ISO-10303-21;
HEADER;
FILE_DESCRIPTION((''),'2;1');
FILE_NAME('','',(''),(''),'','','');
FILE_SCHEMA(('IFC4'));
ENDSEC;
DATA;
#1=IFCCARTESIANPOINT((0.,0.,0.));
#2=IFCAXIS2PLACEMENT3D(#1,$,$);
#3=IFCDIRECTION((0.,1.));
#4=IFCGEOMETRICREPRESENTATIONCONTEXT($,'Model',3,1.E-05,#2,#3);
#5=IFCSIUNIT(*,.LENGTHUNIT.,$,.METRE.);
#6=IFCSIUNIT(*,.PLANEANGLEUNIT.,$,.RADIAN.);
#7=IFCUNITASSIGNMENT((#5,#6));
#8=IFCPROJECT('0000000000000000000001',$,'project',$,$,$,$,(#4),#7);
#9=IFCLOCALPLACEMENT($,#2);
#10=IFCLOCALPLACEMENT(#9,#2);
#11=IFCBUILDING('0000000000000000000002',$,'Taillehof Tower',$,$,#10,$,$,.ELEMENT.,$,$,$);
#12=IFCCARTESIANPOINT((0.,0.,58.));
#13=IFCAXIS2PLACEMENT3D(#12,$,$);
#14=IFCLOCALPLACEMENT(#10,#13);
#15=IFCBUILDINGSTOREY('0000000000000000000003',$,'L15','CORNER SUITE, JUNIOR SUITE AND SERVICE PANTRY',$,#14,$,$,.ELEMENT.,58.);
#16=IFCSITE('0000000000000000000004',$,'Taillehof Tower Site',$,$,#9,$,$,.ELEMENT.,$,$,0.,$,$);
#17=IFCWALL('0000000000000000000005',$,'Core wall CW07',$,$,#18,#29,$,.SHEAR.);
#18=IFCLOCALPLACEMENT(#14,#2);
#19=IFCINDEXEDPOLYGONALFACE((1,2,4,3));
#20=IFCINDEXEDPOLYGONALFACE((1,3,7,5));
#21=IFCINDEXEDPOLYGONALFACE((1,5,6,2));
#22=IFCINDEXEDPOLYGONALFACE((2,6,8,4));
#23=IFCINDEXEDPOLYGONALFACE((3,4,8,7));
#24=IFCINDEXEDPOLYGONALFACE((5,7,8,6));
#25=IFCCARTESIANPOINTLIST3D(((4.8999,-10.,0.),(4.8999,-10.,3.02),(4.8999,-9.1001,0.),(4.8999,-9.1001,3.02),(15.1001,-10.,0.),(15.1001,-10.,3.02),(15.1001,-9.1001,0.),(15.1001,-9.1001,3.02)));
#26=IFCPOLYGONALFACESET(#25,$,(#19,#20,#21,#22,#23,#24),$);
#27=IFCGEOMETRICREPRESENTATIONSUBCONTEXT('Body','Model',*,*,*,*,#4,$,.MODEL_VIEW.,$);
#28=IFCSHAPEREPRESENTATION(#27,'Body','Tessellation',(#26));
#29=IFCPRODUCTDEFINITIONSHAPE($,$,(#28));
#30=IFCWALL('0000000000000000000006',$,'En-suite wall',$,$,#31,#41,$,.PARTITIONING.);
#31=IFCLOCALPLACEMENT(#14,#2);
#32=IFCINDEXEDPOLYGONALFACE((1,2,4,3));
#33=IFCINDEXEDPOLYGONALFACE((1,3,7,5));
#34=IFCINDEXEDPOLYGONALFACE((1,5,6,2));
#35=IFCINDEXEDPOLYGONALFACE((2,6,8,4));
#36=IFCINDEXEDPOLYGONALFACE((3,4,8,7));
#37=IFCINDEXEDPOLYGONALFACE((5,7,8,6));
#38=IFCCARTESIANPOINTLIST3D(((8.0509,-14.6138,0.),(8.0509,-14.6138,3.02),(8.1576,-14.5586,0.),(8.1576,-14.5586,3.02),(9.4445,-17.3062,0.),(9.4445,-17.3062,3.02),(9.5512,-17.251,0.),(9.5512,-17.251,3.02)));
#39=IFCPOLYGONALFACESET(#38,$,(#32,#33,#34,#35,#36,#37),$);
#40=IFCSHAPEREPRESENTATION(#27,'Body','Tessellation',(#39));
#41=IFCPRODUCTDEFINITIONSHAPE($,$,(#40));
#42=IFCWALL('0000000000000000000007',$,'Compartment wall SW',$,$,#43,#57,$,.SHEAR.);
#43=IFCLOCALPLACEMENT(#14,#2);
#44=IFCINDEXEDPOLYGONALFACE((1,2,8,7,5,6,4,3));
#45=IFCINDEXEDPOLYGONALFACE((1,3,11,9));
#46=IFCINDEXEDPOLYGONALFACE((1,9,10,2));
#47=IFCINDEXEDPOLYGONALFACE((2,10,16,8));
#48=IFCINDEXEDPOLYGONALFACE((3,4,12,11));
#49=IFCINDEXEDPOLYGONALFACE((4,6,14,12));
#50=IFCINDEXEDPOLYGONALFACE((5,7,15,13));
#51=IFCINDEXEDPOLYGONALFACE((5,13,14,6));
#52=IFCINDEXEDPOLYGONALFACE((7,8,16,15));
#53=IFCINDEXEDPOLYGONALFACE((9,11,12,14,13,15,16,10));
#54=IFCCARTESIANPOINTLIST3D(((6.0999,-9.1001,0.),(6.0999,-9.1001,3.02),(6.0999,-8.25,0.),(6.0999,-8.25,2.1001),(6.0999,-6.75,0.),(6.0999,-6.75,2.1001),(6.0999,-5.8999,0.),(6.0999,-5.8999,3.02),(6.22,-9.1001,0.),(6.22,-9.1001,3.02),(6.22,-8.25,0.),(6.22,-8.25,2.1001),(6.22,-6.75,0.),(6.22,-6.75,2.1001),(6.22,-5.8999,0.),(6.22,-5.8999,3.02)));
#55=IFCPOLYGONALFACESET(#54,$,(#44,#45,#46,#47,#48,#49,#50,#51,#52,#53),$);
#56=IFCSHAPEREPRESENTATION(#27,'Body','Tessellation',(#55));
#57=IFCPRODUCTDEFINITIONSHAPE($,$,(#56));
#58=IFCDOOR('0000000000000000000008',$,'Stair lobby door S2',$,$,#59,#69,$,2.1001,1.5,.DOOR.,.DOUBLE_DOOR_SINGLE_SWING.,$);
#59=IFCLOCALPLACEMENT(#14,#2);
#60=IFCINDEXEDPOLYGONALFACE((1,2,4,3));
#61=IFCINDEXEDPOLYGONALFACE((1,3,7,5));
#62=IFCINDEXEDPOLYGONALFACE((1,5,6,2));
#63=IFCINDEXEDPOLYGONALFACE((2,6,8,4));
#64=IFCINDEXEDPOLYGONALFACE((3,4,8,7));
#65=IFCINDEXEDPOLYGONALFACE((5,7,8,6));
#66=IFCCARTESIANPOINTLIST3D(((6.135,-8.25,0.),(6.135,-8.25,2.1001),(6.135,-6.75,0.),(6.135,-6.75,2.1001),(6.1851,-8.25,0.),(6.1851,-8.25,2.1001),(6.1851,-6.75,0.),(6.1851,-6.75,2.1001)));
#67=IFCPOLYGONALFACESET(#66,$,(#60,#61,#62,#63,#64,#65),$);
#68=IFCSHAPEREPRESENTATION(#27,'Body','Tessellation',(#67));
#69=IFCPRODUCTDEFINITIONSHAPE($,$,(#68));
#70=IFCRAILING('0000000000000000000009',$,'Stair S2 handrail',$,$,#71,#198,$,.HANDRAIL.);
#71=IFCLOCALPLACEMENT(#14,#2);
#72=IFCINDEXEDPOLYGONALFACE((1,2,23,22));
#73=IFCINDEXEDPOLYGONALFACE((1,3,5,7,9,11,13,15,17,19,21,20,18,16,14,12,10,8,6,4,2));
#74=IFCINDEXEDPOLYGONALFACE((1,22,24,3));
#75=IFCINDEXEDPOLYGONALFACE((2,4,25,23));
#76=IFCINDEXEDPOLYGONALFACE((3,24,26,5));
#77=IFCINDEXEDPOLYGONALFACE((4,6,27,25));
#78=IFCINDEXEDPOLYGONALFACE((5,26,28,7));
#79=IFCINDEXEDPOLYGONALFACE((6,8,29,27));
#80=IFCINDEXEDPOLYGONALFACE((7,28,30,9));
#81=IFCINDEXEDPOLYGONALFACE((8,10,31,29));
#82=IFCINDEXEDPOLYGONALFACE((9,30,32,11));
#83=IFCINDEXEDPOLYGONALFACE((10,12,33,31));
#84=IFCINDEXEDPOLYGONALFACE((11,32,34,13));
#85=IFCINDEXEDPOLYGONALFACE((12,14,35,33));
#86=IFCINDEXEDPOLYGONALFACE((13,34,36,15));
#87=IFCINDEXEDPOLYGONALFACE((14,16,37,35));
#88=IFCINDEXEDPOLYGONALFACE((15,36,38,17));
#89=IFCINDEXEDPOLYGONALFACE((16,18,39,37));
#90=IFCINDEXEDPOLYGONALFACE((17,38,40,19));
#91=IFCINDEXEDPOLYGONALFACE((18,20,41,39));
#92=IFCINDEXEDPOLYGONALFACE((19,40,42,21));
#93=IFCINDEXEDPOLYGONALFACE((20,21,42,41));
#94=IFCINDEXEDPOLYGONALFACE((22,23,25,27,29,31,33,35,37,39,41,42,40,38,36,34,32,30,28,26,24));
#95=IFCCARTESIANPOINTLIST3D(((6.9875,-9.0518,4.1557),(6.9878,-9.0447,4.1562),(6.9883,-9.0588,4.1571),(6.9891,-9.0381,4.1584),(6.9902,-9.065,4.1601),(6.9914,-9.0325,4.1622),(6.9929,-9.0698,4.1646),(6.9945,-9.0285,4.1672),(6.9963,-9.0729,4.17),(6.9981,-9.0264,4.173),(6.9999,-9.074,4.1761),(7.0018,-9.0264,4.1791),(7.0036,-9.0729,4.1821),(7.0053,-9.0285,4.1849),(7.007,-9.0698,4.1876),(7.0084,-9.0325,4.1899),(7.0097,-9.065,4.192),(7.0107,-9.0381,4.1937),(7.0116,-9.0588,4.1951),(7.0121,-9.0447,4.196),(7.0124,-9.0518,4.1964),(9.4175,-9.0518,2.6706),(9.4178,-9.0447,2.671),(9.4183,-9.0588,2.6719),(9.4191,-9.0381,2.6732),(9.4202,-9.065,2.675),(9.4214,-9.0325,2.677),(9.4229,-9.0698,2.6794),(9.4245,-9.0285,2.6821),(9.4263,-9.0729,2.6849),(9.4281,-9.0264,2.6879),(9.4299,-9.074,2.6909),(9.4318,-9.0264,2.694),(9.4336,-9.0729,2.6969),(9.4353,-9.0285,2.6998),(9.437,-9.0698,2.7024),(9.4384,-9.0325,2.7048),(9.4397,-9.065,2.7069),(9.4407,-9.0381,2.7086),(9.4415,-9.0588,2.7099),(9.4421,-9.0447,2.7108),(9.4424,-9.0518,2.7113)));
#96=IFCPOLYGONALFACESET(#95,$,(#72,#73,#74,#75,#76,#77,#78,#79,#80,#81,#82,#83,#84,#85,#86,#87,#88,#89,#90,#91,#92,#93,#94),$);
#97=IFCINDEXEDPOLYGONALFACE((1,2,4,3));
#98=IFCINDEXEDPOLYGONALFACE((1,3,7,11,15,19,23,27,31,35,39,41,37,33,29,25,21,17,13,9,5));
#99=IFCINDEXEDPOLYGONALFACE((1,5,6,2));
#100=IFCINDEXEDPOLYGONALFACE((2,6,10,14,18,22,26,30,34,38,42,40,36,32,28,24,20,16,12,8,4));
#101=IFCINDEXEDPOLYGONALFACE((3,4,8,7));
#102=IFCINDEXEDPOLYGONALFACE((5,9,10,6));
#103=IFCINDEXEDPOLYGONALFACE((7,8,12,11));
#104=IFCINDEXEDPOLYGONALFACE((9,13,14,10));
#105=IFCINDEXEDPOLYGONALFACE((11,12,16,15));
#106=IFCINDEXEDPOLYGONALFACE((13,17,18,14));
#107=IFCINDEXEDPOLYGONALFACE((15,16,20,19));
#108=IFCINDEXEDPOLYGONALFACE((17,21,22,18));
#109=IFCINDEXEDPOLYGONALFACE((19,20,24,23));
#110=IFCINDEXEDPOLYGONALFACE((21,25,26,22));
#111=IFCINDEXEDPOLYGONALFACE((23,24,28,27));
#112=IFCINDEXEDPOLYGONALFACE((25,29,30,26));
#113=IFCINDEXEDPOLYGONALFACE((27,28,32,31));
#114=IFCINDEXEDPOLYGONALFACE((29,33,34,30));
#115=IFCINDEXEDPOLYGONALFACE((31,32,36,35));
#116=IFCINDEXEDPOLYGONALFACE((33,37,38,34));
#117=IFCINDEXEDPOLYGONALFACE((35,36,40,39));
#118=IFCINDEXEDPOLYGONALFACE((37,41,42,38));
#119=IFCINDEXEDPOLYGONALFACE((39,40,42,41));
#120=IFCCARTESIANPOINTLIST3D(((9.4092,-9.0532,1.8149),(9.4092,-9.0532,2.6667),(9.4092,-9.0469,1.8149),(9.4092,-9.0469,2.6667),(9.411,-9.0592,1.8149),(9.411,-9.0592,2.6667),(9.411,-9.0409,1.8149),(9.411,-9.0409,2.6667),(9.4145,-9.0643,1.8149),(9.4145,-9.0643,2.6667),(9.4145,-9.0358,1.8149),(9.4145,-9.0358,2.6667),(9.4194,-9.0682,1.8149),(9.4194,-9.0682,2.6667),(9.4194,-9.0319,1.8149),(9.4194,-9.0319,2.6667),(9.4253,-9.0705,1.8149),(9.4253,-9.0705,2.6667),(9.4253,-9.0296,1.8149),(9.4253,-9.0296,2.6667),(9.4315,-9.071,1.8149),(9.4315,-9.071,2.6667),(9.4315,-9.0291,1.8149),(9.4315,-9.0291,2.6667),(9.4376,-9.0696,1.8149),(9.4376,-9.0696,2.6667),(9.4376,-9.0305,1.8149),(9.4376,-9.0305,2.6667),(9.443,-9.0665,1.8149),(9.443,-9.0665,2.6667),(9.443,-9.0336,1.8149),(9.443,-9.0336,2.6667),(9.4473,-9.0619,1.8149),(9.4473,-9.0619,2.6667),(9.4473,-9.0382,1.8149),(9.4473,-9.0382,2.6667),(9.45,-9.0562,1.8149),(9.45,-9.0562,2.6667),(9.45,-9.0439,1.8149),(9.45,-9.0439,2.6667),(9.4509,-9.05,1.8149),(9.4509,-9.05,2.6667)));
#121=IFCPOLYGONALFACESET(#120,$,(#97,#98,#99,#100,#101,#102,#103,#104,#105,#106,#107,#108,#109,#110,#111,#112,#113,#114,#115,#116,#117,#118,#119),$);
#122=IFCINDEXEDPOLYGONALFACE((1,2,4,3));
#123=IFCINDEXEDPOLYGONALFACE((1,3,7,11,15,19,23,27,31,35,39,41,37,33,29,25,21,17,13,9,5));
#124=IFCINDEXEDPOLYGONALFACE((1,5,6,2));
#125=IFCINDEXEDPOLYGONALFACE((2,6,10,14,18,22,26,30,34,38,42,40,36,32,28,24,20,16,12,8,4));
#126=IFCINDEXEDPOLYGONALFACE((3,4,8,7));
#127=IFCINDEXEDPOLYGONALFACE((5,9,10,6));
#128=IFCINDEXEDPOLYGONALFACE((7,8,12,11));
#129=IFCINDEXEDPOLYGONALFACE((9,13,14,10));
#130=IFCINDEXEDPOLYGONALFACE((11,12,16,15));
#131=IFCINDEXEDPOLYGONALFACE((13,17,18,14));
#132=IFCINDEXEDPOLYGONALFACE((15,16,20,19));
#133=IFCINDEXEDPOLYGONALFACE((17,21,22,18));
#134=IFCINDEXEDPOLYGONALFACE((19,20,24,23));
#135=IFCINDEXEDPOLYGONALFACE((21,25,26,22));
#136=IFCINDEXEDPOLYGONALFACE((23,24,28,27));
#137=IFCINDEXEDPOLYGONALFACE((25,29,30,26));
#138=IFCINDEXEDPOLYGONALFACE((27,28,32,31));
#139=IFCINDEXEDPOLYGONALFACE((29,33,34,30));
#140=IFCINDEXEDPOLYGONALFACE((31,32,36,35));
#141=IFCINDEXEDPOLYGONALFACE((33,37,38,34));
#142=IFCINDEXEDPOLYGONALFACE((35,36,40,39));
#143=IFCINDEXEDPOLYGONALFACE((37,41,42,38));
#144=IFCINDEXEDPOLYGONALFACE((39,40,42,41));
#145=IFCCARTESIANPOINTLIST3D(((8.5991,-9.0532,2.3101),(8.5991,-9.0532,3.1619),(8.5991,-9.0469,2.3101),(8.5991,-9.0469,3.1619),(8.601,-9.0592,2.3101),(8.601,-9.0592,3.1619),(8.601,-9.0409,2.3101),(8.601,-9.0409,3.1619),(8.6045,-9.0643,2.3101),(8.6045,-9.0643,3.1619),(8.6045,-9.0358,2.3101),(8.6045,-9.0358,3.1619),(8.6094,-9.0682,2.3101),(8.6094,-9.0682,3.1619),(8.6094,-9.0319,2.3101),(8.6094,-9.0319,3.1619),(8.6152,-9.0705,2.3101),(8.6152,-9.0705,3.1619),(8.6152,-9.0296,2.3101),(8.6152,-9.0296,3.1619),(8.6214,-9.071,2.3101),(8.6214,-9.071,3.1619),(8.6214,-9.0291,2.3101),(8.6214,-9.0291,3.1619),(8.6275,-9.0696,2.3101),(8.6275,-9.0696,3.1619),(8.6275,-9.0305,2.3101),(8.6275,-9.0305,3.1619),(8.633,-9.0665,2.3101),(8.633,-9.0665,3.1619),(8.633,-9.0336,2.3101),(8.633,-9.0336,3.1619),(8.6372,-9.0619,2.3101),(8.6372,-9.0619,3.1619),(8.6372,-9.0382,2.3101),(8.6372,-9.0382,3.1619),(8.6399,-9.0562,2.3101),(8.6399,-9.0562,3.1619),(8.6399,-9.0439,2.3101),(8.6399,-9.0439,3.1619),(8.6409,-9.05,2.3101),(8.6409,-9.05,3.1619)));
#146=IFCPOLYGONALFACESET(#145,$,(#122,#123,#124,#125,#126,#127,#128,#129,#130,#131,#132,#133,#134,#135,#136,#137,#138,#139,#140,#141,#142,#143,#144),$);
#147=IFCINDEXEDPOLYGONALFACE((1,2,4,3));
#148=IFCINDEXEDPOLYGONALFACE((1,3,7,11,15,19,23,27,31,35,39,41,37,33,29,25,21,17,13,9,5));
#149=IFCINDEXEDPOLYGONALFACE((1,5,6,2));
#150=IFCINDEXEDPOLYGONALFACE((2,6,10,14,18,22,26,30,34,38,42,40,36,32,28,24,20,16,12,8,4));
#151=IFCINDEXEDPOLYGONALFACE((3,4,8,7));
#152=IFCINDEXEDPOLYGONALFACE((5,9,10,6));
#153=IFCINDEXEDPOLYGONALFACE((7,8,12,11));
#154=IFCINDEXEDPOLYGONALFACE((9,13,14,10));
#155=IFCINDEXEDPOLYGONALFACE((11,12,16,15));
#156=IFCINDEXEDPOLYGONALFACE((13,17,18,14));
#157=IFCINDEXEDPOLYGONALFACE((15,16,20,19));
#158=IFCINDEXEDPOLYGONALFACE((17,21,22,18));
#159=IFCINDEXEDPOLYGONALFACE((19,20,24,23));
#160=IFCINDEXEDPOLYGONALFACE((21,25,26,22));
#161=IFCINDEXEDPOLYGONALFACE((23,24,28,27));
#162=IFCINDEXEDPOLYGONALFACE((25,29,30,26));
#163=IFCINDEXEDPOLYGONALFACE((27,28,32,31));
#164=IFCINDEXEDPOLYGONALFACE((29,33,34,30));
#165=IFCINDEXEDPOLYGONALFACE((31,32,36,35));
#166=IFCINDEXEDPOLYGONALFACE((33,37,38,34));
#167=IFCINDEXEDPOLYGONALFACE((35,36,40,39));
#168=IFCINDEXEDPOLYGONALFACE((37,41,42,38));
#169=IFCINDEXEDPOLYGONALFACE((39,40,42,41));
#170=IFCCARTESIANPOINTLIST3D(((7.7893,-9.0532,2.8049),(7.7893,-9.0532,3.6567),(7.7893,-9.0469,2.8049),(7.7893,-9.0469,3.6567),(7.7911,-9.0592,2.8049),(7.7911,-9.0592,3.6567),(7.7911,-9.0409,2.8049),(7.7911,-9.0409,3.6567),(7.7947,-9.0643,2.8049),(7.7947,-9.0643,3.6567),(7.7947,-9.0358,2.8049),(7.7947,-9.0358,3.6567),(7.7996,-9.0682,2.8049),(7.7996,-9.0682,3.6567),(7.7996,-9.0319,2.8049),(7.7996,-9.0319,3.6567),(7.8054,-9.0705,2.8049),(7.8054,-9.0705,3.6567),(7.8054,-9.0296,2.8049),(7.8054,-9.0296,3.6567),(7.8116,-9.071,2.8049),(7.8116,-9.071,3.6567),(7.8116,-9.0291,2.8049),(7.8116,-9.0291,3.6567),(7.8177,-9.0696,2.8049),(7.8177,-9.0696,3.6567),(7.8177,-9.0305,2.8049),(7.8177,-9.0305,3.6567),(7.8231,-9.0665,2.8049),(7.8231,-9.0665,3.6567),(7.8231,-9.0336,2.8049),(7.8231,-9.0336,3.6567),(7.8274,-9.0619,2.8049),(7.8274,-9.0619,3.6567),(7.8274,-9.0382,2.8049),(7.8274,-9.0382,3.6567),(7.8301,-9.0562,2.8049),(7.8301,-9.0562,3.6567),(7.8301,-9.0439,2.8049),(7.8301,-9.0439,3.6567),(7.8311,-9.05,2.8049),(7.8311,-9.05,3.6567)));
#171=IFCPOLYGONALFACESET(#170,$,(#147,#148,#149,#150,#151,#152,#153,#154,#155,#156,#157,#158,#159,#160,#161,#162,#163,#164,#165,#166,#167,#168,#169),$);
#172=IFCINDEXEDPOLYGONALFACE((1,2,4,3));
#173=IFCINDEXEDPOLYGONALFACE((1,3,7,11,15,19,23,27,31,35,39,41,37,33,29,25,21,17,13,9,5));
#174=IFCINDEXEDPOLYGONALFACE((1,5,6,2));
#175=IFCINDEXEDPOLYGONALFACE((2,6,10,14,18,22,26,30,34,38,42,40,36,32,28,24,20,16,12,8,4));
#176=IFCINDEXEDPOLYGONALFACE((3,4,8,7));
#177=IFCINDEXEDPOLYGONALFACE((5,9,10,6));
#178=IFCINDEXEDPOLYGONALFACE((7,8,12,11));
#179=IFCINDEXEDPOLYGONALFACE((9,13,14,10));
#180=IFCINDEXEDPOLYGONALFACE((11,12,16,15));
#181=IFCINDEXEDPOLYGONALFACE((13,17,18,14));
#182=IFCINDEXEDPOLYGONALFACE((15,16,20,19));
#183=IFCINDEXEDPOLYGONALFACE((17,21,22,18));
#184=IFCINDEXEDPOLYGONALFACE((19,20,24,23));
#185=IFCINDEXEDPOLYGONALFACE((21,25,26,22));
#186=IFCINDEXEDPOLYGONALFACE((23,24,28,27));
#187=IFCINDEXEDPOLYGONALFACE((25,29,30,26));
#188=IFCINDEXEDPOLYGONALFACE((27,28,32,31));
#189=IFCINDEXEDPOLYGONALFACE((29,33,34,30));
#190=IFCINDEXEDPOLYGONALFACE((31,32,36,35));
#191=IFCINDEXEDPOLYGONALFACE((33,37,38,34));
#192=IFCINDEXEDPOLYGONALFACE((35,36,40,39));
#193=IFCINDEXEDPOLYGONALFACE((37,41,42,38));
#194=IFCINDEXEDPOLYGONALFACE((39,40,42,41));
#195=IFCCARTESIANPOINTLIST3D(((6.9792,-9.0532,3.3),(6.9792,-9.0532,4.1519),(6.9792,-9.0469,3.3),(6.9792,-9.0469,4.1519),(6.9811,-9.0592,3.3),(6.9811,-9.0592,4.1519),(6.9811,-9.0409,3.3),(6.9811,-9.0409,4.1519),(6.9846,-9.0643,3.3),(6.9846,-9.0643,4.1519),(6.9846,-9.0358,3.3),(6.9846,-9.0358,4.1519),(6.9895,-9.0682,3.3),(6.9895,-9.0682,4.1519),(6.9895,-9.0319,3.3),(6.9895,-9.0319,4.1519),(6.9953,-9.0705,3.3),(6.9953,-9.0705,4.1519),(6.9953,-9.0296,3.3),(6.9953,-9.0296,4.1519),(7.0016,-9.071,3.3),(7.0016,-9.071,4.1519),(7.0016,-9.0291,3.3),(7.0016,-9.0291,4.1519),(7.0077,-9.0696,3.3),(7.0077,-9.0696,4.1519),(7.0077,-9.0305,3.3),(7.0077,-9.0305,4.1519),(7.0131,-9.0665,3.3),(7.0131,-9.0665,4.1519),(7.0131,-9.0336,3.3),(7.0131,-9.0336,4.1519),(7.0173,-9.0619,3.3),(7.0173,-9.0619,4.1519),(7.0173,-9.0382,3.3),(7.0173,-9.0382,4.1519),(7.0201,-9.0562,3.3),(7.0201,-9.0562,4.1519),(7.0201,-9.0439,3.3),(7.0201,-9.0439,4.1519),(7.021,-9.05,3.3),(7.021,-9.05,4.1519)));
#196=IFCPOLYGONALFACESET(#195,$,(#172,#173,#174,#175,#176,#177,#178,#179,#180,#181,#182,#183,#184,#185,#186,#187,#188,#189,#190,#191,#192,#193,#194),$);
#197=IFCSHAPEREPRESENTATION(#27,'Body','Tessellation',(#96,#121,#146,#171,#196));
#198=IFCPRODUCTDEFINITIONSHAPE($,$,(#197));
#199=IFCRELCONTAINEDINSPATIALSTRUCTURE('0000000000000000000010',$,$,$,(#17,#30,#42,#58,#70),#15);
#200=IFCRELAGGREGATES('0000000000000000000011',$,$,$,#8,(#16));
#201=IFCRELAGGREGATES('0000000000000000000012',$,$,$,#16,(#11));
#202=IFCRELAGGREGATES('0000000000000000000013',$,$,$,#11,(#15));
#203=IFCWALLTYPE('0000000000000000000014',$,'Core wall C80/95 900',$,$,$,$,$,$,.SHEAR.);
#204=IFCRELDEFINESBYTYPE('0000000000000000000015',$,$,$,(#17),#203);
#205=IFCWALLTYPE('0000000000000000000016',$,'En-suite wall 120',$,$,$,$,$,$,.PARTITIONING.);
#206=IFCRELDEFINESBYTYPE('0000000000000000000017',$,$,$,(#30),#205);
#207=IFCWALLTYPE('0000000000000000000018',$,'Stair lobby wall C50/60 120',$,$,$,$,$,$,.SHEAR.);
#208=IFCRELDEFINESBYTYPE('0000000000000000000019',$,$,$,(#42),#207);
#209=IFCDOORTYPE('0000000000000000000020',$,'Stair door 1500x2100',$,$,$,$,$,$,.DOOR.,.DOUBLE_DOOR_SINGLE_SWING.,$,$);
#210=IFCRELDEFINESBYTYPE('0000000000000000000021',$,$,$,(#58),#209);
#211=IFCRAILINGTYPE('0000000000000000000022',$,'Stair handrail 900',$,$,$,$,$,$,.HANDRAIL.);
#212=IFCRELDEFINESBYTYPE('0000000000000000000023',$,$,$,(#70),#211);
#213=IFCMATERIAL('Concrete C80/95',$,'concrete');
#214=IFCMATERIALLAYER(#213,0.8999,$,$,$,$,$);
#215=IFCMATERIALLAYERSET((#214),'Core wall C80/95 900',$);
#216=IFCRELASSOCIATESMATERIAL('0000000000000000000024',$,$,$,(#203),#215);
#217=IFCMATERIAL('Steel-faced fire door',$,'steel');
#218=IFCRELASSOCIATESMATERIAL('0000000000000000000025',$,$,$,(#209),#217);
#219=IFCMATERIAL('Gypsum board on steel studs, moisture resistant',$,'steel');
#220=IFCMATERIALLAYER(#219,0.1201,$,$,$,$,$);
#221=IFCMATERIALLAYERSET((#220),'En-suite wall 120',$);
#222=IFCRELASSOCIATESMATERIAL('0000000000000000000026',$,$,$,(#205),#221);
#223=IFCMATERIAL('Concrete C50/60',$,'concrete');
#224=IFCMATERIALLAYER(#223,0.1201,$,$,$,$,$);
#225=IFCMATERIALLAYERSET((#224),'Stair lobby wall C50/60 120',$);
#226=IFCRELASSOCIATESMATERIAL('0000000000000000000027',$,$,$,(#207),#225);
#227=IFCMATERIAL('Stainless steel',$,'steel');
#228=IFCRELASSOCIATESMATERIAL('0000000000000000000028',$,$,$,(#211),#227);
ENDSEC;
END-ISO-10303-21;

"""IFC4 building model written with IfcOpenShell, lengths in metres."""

from ifc_helpers import new_model, si_unit, direction, frame, frame_2d, origin, origin_2d, place, context, subcontext, project, spatial, rectangle, circle, extrude, material, layer, layer_set, type_object, element, fill, save


model = new_model("IFC4")

# Units and contexts
model_context = context("Model", 3, precision=1e-05, world=origin(), true_north=direction((0.0, 1.0)))
body_context = subcontext(model_context, "Body", "Model", "MODEL_VIEW")
ifc_project = project(units=[si_unit("LENGTHUNIT", "METRE"), si_unit("PLANEANGLEUNIT", "RADIAN")], contexts=[model_context])

# Site, building, storey
site_placement = place(None, origin())
site = spatial("IfcSite", under=ifc_project, at=site_placement, Name="Taillehof Tower Site", CompositionType="ELEMENT", RefElevation=0.0)
building_placement = place(site_placement, origin())
building = spatial("IfcBuilding", under=site, at=building_placement, Name="Taillehof Tower", CompositionType="ELEMENT")
storey_placement = place(building_placement, frame((0.0, 0.0, 58.0)))
storey = spatial("IfcBuildingStorey", under=building, at=storey_placement, Name="L15", Description="CORNER SUITE, JUNIOR SUITE AND SERVICE PANTRY", CompositionType="ELEMENT", Elevation=58.0)

# Shared definitions
ifc_material_1 = material(Name="Concrete C80/95", Category="concrete")
ifc_layer_1 = layer(ifc_material_1, 0.8999)
ifc_layer_set_1 = layer_set([ifc_layer_1], Name="Core wall C80/95 900")
wall_type_1 = type_object("IfcWallType", Name="Core wall C80/95 900", PredefinedType="SHEAR", material=ifc_layer_set_1)
ifc_material_2 = material(Name="Steel-faced fire door", Category="steel")
door_type_1 = type_object("IfcDoorType", Name="Stair door 1500x2100", OperationType="DOUBLE_DOOR_SINGLE_SWING", PredefinedType="DOOR", material=ifc_material_2)

# Walls
wall_1_placement = place(storey_placement, frame((4.8999, -9.55, 0.0), z_axis=(0.0, 0.0, 1.0), x_axis=(1.0, 0.0, 0.0)))
element("IfcWall", 1, at=wall_1_placement, inside=storey, type_object=wall_type_1, Name="Core wall CW07", PredefinedType="SHEAR", context=body_context, shape_type="SweptSolid", body=[
    extrude(rectangle(XDim=10.2002, YDim=0.8999, at=frame_2d((5.1001, 0.0))), origin(), (0.0, 0.0, 1.0), 3.02),
])
ifc_material_3 = material(Name="Gypsum board on steel studs, moisture resistant", Category="steel")
ifc_layer_2 = layer(ifc_material_3, 0.1201)
ifc_layer_set_2 = layer_set([ifc_layer_2], Name="En-suite wall 120")
wall_type_2 = type_object("IfcWallType", Name="En-suite wall 120", PredefinedType="PARTITIONING", material=ifc_layer_set_2)
wall_2_placement = place(storey_placement, frame((8.1042, -14.5862, 0.0), z_axis=(0.0, 0.0, 1.0), x_axis=(0.459668, -0.888091, 0.0)))
element("IfcWall", 2, at=wall_2_placement, inside=storey, type_object=wall_type_2, Name="En-suite wall", PredefinedType="PARTITIONING", context=body_context, shape_type="SweptSolid", body=[
    extrude(rectangle(XDim=3.0317, YDim=0.1201, at=frame_2d((1.5159, 0.0))), origin(), (0.0, 0.0, 1.0), 3.02),
])

# Wall, opening, door
ifc_material_4 = material(Name="Concrete C50/60", Category="concrete")
ifc_layer_3 = layer(ifc_material_4, 0.1201)
ifc_layer_set_3 = layer_set([ifc_layer_3], Name="Stair lobby wall C50/60 120")
wall_type_3 = type_object("IfcWallType", Name="Stair lobby wall C50/60 120", PredefinedType="SHEAR", material=ifc_layer_set_3)
wall_3_placement = place(storey_placement, frame((6.1599, -9.1001, 0.0), z_axis=(0.0, 0.0, 1.0), x_axis=(0.0, 1.0, 0.0)))
wall_3 = element("IfcWall", 3, at=wall_3_placement, inside=storey, type_object=wall_type_3, Name="Compartment wall SW", PredefinedType="SHEAR", context=body_context, shape_type="SweptSolid", body=[
    extrude(rectangle(XDim=3.2002, YDim=0.1201, at=frame_2d((1.6001, 0.0))), origin(), (0.0, 0.0, 1.0), 3.02),
])
opening_1_placement = place(wall_3_placement, frame((0.8501, 0.0, 0.0)))
opening_1 = element("IfcOpeningElement", 4, at=opening_1_placement, cuts=wall_3, PredefinedType="OPENING", context=body_context, shape_type="SweptSolid", body=[
    extrude(rectangle(XDim=1.5, YDim=2.1001, at=frame_2d((0.75, 1.05))), frame((0.0, 0.0701, 0.0), z_axis=(0.0, -1.0, 0.0), x_axis=(1.0, 0.0, 0.0)), (0.0, 0.0, 1.0), 0.1401),
])
door_1_placement = place(opening_1_placement, origin())
door_1 = element("IfcDoor", 5, at=door_1_placement, inside=storey, type_object=door_type_1, Name="Stair lobby door S2", OperationType="DOUBLE_DOOR_SINGLE_SWING", OverallHeight=2.1001, OverallWidth=1.5, PredefinedType="DOOR", context=body_context, shape_type="SweptSolid", body=[
    extrude(rectangle(XDim=1.5, YDim=2.1001, at=frame_2d((0.75, 1.05))), frame((0.0, 0.0249, 0.0), z_axis=(0.0, -1.0, 0.0), x_axis=(1.0, 0.0, 0.0)), (0.0, 0.0, 1.0), 0.05),
])
fill(opening_1, door_1)

# Railing
ifc_material_5 = material(Name="Stainless steel", Category="steel")
railing_type = type_object("IfcRailingType", Name="Stair handrail 900", PredefinedType="HANDRAIL", material=ifc_material_5)
railing_placement = place(storey_placement, frame((9.4299, -9.05, 1.8149)))
element("IfcRailing", 6, at=railing_placement, inside=storey, type_object=railing_type, Name="Stair S2 handrail", PredefinedType="HANDRAIL", context=body_context, shape_type="SweptSolid", body=[
    extrude(circle(Radius=0.0239, at=origin_2d()), frame((0.0, 0.0, 0.876), z_axis=(-0.853259, 0.0, 0.521488), x_axis=(0.0, -1.0, 0.0)), (0.0, 0.0, 1.0), 2.8479),
    extrude(circle(Radius=0.021, at=origin_2d()), origin(), (0.0, 0.0, 1.0), 0.8518),
    extrude(circle(Radius=0.021, at=origin_2d()), frame((-0.8101, 0.0, 0.4951)), (0.0, 0.0, 1.0), 0.8518),
    extrude(circle(Radius=0.021, at=origin_2d()), frame((-1.6199, 0.0, 0.99)), (0.0, 0.0, 1.0), 0.8518),
    extrude(circle(Radius=0.021, at=origin_2d()), frame((-2.4299, 0.0, 1.4851)), (0.0, 0.0, 1.0), 0.8518),
])

save(model, "model.ifc")
